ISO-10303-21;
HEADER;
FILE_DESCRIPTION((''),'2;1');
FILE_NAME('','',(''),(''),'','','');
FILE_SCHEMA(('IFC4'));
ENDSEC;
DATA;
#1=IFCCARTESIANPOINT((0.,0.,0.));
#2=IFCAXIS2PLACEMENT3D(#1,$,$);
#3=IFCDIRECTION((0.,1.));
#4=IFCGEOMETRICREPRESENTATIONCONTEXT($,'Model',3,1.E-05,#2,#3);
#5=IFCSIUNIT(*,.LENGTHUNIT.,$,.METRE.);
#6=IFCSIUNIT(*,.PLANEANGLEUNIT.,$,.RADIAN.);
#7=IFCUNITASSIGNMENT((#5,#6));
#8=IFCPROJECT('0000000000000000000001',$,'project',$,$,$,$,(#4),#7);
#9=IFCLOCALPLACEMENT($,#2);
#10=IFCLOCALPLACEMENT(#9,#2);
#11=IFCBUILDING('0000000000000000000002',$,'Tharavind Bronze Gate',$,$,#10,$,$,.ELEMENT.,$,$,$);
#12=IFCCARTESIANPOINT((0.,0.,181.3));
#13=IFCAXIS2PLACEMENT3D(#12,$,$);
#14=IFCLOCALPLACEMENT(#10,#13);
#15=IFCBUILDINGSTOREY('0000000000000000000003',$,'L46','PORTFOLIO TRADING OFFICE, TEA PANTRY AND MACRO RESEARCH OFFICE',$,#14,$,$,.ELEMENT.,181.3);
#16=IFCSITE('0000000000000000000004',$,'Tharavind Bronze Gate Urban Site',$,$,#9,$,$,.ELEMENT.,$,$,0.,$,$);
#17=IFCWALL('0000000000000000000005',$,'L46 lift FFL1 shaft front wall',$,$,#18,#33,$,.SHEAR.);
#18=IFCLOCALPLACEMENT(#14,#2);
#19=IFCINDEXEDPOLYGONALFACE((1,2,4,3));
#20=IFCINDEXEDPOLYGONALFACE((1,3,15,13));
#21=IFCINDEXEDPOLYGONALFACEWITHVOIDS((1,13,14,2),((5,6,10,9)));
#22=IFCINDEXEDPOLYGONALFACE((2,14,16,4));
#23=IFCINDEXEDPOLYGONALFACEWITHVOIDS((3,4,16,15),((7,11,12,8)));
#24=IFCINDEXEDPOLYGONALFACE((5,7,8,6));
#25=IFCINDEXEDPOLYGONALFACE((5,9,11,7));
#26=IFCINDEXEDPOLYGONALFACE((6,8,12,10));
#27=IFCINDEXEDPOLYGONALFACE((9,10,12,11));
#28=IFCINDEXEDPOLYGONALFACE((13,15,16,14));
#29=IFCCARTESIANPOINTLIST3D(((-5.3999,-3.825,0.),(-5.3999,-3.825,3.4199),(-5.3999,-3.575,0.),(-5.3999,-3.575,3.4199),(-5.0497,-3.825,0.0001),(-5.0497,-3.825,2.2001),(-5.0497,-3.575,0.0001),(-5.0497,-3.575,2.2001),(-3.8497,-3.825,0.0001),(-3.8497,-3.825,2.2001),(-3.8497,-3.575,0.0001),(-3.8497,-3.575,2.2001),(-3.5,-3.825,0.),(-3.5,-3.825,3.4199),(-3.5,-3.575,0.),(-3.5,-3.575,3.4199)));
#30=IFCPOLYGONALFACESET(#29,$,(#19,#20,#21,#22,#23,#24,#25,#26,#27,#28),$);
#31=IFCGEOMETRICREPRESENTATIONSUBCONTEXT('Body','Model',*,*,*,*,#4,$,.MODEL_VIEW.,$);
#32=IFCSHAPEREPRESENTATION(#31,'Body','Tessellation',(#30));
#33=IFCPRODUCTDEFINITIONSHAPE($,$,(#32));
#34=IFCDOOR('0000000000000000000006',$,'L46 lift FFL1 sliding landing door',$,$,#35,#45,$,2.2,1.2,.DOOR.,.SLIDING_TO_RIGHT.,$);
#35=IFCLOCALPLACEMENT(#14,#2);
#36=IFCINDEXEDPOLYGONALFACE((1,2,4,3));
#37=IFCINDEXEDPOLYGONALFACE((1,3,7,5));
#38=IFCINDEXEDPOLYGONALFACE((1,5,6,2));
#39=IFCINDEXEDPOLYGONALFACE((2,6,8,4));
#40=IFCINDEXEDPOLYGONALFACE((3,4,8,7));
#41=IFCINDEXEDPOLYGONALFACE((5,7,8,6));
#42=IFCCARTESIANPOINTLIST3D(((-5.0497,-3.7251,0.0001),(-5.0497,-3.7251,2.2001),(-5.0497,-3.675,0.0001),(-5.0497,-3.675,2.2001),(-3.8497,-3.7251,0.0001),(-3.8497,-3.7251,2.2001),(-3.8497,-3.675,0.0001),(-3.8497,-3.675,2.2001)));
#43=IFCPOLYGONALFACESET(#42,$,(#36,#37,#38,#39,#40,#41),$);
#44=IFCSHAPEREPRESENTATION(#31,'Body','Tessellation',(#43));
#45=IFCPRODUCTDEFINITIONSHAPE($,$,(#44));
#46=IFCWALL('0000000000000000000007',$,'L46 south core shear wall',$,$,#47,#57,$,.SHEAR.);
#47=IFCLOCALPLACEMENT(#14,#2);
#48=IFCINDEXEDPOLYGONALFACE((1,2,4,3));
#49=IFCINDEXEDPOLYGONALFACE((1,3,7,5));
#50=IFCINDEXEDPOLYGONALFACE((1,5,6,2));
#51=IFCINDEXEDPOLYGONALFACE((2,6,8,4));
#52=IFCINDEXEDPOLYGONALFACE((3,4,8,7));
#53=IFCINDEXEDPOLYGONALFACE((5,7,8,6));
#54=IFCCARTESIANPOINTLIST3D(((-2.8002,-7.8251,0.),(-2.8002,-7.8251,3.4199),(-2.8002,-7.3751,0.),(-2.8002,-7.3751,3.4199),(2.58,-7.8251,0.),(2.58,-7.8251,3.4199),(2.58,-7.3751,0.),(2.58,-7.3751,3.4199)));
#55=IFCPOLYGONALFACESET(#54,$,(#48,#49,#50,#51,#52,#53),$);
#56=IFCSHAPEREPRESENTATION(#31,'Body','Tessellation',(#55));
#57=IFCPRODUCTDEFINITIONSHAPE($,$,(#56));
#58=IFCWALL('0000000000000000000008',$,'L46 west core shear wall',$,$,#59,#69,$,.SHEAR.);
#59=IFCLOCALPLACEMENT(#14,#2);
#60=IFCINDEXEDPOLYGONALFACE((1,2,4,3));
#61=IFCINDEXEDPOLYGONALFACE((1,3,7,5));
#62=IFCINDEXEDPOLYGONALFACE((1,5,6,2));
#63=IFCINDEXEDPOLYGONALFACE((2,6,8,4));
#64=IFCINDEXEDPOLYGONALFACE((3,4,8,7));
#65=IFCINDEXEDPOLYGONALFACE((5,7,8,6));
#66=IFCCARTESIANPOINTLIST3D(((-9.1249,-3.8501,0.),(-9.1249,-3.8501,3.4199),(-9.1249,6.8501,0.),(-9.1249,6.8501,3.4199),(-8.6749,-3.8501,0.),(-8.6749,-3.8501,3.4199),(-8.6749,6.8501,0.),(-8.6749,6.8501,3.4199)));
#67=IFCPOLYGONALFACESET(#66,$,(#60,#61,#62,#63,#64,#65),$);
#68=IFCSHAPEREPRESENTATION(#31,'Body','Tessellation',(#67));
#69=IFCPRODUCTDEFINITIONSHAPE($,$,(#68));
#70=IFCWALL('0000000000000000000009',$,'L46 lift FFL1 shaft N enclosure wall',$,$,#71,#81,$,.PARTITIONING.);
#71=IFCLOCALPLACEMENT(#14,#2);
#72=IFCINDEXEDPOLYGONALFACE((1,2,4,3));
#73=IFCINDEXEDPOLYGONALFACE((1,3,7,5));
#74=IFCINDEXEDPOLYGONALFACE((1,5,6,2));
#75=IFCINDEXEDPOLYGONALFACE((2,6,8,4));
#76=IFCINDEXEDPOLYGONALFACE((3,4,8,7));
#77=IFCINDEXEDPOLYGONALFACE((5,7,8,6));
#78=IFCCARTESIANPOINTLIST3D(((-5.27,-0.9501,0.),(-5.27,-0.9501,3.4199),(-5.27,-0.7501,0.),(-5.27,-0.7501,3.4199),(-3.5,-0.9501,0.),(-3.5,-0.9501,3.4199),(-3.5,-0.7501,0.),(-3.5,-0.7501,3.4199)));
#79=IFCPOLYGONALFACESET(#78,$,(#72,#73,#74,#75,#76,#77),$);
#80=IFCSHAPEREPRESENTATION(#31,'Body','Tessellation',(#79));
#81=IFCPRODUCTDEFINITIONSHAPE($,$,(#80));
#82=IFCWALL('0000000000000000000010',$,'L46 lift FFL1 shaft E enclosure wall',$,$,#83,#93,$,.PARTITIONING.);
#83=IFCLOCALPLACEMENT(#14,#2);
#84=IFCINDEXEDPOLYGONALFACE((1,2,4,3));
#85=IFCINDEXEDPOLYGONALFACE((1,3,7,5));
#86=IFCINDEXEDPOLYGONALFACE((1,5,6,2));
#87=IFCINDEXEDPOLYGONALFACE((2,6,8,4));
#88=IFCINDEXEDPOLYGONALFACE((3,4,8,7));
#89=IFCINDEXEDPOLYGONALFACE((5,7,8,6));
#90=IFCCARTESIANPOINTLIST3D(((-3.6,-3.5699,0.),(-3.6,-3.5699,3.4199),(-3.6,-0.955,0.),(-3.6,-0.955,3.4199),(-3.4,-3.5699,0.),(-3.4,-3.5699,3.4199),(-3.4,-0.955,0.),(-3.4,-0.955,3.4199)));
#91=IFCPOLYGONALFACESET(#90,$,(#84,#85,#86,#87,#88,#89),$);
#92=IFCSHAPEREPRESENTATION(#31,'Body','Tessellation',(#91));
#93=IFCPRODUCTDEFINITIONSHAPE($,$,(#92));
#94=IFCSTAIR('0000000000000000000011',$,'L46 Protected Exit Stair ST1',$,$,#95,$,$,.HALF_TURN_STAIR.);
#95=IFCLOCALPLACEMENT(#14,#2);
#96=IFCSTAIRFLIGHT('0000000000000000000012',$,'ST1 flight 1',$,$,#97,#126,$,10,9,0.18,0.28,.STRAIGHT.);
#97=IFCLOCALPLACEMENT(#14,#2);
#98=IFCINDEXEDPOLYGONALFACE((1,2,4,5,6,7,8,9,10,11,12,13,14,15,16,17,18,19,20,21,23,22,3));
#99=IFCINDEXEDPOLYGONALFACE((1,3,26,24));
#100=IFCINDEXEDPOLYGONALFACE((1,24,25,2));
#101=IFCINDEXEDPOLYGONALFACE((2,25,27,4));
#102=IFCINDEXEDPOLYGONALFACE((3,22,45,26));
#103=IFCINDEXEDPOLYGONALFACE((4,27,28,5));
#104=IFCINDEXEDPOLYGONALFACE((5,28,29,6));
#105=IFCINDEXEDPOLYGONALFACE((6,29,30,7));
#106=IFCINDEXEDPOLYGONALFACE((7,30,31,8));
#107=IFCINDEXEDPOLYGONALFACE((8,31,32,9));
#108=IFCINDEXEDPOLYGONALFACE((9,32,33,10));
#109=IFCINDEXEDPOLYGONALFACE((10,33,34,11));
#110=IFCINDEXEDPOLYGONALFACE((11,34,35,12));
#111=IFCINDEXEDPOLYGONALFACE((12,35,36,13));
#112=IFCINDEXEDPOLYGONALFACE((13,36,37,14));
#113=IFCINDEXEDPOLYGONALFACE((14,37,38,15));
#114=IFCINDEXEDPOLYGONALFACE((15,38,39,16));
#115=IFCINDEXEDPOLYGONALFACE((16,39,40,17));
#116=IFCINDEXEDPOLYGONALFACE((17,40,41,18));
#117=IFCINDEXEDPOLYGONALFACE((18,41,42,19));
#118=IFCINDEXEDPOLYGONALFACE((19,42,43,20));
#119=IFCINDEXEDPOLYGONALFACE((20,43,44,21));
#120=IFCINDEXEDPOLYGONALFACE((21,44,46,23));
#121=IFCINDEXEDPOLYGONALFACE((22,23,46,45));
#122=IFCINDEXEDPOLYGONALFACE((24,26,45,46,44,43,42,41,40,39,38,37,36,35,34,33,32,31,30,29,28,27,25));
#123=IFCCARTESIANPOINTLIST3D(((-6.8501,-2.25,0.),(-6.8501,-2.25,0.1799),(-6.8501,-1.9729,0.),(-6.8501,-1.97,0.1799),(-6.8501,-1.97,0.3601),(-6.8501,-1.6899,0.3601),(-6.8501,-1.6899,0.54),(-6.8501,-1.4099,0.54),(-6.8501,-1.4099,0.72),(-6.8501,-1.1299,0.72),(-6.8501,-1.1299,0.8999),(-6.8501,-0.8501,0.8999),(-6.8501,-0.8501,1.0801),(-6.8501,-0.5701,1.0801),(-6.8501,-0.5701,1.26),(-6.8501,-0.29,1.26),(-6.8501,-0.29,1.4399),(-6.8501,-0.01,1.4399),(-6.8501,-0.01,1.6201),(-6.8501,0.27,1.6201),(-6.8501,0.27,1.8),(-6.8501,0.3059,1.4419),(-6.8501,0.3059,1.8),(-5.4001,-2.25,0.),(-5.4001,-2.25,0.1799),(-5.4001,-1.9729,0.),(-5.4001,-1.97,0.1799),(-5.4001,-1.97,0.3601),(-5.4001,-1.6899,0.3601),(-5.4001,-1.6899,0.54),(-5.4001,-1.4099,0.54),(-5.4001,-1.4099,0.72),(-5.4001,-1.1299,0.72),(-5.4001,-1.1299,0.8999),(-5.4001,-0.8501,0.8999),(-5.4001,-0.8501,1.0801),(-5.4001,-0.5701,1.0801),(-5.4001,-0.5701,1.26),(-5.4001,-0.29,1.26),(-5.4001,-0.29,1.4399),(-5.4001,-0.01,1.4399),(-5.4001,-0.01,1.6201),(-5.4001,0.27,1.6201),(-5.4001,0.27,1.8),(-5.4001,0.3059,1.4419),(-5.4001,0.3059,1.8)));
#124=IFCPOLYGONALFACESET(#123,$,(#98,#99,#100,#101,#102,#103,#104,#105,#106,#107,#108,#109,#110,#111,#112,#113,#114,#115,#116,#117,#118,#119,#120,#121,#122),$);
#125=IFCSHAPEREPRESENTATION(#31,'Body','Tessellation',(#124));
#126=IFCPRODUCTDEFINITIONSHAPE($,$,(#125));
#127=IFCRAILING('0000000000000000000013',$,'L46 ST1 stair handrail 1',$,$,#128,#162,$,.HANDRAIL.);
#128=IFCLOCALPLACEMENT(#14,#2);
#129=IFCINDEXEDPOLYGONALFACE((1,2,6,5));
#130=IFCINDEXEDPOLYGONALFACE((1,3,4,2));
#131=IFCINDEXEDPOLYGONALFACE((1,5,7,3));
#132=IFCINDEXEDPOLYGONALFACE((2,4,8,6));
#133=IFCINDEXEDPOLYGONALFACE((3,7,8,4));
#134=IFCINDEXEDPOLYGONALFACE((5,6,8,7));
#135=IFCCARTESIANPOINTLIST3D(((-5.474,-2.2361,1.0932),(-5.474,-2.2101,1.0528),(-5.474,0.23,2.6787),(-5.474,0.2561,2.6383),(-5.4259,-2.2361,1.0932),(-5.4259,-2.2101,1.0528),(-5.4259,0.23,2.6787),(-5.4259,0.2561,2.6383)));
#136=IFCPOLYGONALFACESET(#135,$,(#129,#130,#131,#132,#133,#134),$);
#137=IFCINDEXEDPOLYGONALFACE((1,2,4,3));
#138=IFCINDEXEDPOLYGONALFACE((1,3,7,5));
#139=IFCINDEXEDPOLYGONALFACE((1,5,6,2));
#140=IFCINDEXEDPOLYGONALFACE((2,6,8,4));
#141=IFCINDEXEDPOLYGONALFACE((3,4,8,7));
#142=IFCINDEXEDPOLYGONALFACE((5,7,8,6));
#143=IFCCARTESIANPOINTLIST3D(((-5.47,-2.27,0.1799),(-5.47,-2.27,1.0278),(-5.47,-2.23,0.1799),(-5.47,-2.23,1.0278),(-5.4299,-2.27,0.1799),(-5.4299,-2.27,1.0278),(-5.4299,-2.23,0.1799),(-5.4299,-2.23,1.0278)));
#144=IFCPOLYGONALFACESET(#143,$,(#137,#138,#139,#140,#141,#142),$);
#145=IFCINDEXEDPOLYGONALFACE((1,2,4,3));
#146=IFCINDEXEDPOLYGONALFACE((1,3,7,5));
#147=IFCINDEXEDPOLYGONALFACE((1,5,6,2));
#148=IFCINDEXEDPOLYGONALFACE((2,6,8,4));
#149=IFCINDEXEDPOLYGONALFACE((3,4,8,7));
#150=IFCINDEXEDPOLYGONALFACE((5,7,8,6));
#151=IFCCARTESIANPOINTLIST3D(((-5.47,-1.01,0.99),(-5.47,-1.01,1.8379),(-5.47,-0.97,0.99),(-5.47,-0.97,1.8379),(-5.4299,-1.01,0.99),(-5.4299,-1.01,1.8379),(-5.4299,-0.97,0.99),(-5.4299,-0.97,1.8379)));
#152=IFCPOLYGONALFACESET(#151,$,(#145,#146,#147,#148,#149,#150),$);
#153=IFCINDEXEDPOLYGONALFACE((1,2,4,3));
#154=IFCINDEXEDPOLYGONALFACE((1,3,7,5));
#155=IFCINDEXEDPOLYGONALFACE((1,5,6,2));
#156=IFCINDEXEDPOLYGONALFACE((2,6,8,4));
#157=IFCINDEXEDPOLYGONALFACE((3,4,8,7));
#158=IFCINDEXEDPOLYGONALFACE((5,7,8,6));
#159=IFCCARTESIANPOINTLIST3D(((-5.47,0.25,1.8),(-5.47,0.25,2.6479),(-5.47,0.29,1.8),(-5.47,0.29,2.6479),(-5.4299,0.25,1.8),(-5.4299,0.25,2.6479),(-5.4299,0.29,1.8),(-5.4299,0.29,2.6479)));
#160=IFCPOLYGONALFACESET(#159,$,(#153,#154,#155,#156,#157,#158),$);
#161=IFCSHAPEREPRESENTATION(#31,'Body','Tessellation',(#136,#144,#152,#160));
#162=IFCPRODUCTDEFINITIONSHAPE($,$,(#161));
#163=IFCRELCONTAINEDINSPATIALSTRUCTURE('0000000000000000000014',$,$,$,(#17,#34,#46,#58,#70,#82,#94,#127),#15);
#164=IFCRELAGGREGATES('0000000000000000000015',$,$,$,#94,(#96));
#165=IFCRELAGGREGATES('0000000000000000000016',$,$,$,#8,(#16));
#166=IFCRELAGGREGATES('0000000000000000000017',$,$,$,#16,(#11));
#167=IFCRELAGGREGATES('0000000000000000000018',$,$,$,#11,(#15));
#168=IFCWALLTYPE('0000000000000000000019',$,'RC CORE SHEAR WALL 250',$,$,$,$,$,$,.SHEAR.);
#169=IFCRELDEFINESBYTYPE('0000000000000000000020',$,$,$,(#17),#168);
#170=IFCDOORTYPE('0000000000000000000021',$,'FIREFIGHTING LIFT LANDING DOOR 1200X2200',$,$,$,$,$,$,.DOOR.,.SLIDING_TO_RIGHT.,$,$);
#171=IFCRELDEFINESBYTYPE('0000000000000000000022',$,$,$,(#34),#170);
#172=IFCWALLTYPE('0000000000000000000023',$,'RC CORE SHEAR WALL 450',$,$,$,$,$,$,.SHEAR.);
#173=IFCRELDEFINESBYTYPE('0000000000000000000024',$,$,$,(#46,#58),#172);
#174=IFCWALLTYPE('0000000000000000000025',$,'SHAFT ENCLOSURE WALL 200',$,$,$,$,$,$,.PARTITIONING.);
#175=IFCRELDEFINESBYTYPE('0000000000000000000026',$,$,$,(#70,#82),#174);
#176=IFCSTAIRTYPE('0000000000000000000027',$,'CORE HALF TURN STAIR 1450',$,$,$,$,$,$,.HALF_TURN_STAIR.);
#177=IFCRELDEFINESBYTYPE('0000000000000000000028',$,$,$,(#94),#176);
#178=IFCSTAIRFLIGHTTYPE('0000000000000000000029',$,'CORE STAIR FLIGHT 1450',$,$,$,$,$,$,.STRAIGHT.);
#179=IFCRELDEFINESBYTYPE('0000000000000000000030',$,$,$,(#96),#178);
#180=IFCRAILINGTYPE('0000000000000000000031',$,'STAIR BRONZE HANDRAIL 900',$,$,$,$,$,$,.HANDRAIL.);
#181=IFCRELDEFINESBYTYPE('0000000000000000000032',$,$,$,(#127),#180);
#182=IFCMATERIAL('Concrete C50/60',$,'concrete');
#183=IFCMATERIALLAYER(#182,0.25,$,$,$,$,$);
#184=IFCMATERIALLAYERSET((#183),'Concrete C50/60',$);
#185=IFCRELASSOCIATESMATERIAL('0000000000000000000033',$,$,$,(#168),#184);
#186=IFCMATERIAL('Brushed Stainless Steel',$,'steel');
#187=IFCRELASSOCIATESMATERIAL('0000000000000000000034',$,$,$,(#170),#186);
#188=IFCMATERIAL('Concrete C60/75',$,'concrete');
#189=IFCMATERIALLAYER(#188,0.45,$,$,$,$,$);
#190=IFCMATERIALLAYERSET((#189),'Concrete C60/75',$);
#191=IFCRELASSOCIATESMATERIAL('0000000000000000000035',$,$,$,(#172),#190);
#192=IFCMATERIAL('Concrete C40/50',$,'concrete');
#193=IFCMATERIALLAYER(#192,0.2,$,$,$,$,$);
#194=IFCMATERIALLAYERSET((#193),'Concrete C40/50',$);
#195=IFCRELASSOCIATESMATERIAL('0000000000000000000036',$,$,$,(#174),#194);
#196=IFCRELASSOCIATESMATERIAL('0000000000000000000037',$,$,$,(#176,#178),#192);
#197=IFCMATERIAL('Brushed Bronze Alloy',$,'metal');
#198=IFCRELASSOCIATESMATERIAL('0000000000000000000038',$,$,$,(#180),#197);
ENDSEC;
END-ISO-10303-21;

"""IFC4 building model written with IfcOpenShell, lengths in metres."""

from ifc_helpers import new_model, si_unit, direction, frame, frame_2d, origin, origin_2d, place, context, subcontext, project, spatial, polyline, rectangle, outline, extrude, material, layer, layer_set, type_object, element, fill, aggregate, save


model = new_model("IFC4")

# Units and contexts
model_context = context("Model", 3, precision=1e-05, world=origin(), true_north=direction((0.0, 1.0)))
body_context = subcontext(model_context, "Body", "Model", "MODEL_VIEW")
ifc_project = project(units=[si_unit("LENGTHUNIT", "METRE"), si_unit("PLANEANGLEUNIT", "RADIAN")], contexts=[model_context])

# Site, building, storey
site_placement = place(None, origin())
site = spatial("IfcSite", under=ifc_project, at=site_placement, Name="Tharavind Bronze Gate Urban Site", CompositionType="ELEMENT", RefElevation=0.0)
building_placement = place(site_placement, origin())
building = spatial("IfcBuilding", under=site, at=building_placement, Name="Tharavind Bronze Gate", CompositionType="ELEMENT")
storey_placement = place(building_placement, frame((0.0, 0.0, 181.3)))
storey = spatial("IfcBuildingStorey", under=building, at=storey_placement, Name="L46", Description="PORTFOLIO TRADING OFFICE, TEA PANTRY AND MACRO RESEARCH OFFICE", CompositionType="ELEMENT", Elevation=181.3)

# Shared definitions
ifc_material_1 = material(Name="Concrete C60/75", Category="concrete")

# Shared definitions
ifc_material_2 = material(Name="Concrete C50/60", Category="concrete")
ifc_layer_1 = layer(ifc_material_2, 0.25)
ifc_layer_set_1 = layer_set([ifc_layer_1], Name="Concrete C50/60")
wall_type_1 = type_object("IfcWallType", Name="RC CORE SHEAR WALL 250", PredefinedType="SHEAR", material=ifc_layer_set_1)

# Wall, opening, door
wall_1_placement = place(storey_placement, frame((-5.3999, -3.7, 0.0), z_axis=(0.0, 0.0, 1.0), x_axis=(1.0, 0.0, 0.0)))
wall_1 = element("IfcWall", 1, at=wall_1_placement, inside=storey, type_object=wall_type_1, Name="L46 lift FFL1 shaft front wall", PredefinedType="SHEAR", context=body_context, shape_type="SweptSolid", body=[
    extrude(rectangle(XDim=1.8999, YDim=0.25, at=frame_2d((0.95, 0.0))), origin(), (0.0, 0.0, 1.0), 3.4199),
])
opening_1_placement = place(wall_1_placement, frame((0.3501, 0.0, 0.0)))
opening_1 = element("IfcOpeningElement", 2, at=opening_1_placement, cuts=wall_1, PredefinedType="OPENING", context=body_context, shape_type="SweptSolid", body=[
    extrude(rectangle(XDim=1.2, YDim=2.2, at=frame_2d((0.6001, 1.1001))), frame((0.0, 0.135, 0.0), z_axis=(0.0, -1.0, 0.0), x_axis=(1.0, 0.0, 0.0)), (0.0, 0.0, 1.0), 0.27),
])
ifc_material_3 = material(Name="Brushed Stainless Steel", Category="steel")
door_type_1 = type_object("IfcDoorType", Name="FIREFIGHTING LIFT LANDING DOOR 1200X2200", OperationType="SLIDING_TO_RIGHT", PredefinedType="DOOR", material=ifc_material_3)
door_1_placement = place(opening_1_placement, origin())
door_1 = element("IfcDoor", 3, at=door_1_placement, inside=storey, type_object=door_type_1, Name="L46 lift FFL1 sliding landing door", OperationType="SLIDING_TO_RIGHT", OverallHeight=2.2, OverallWidth=1.2, PredefinedType="DOOR", context=body_context, shape_type="SweptSolid", body=[
    extrude(rectangle(XDim=1.2, YDim=2.2, at=frame_2d((0.6001, 1.1001))), frame((0.0, 0.0249, 0.0), z_axis=(0.0, -1.0, 0.0), x_axis=(1.0, 0.0, 0.0)), (0.0, 0.0, 1.0), 0.05),
])
fill(opening_1, door_1)

# Walls
ifc_layer_2 = layer(ifc_material_1, 0.45)
ifc_layer_set_2 = layer_set([ifc_layer_2], Name="Concrete C60/75")
wall_type_2 = type_object("IfcWallType", Name="RC CORE SHEAR WALL 450", PredefinedType="SHEAR", material=ifc_layer_set_2)
wall_2_placement = place(storey_placement, frame((-2.8, -7.6001, 0.0), z_axis=(0.0, 0.0, 1.0), x_axis=(1.0, 0.0, 0.0)))
element("IfcWall", 4, at=wall_2_placement, inside=storey, type_object=wall_type_2, Name="L46 south core shear wall", PredefinedType="SHEAR", context=body_context, shape_type="SweptSolid", body=[
    extrude(rectangle(XDim=5.3801, YDim=0.45, at=frame_2d((2.6899, 0.0))), origin(), (0.0, 0.0, 1.0), 3.4199),
])
wall_3_placement = place(storey_placement, frame((-8.8999, -3.8501, 0.0), z_axis=(0.0, 0.0, 1.0), x_axis=(0.0, 1.0, 0.0)))
element("IfcWall", 5, at=wall_3_placement, inside=storey, type_object=wall_type_2, Name="L46 west core shear wall", PredefinedType="SHEAR", context=body_context, shape_type="SweptSolid", body=[
    extrude(rectangle(XDim=10.7002, YDim=0.45, at=frame_2d((5.3501, 0.0))), origin(), (0.0, 0.0, 1.0), 3.4199),
])
ifc_material_4 = material(Name="Concrete C40/50", Category="concrete")
ifc_layer_3 = layer(ifc_material_4, 0.2)
ifc_layer_set_3 = layer_set([ifc_layer_3], Name="Concrete C40/50")
wall_type_3 = type_object("IfcWallType", Name="SHAFT ENCLOSURE WALL 200", PredefinedType="PARTITIONING", material=ifc_layer_set_3)
wall_4_placement = place(storey_placement, frame((-5.27, -0.8501, 0.0), z_axis=(0.0, 0.0, 1.0), x_axis=(1.0, 0.0, 0.0)))
element("IfcWall", 6, at=wall_4_placement, inside=storey, type_object=wall_type_3, Name="L46 lift FFL1 shaft N enclosure wall", PredefinedType="PARTITIONING", context=body_context, shape_type="SweptSolid", body=[
    extrude(rectangle(XDim=1.77, YDim=0.2, at=frame_2d((0.885, 0.0))), origin(), (0.0, 0.0, 1.0), 3.4199),
])
wall_5_placement = place(storey_placement, frame((-3.5, -3.5701, 0.0), z_axis=(0.0, 0.0, 1.0), x_axis=(0.0, 1.0, 0.0)))
element("IfcWall", 7, at=wall_5_placement, inside=storey, type_object=wall_type_3, Name="L46 lift FFL1 shaft E enclosure wall", PredefinedType="PARTITIONING", context=body_context, shape_type="SweptSolid", body=[
    extrude(rectangle(XDim=2.615, YDim=0.2, at=frame_2d((1.3076, 0.0))), origin(), (0.0, 0.0, 1.0), 3.4199),
])

# Stair, stair flight
stair_type = type_object("IfcStairType", Name="CORE HALF TURN STAIR 1450", PredefinedType="HALF_TURN_STAIR", material=ifc_material_4)
stair_placement = place(storey_placement, origin())
stair = element("IfcStair", 8, at=stair_placement, inside=storey, type_object=stair_type, Name="L46 Protected Exit Stair ST1", PredefinedType="HALF_TURN_STAIR")
stair_flight_type = type_object("IfcStairFlightType", Name="CORE STAIR FLIGHT 1450", PredefinedType="STRAIGHT", material=ifc_material_4)
stair_flight_placement = place(storey_placement, frame((-6.125, -2.25, 0.0), z_axis=(0.0, 0.0, 1.0), x_axis=(0.0, 1.0, 0.0)))
stair_flight = element("IfcStairFlight", 9, at=stair_flight_placement, type_object=stair_flight_type, Name="ST1 flight 1", NumberOfRisers=10, NumberOfTreads=9, PredefinedType="STRAIGHT", RiserHeight=0.18, TreadLength=0.28, context=body_context, shape_type="SweptSolid", body=[
    extrude(outline(polyline([(0.0, 0.0), (0.0, 0.1799), (0.28, 0.1799), (0.28, 0.3601), (0.5601, 0.3601), (0.5601, 0.54), (0.8401, 0.54), (0.8401, 0.72), (1.1201, 0.72), (1.1201, 0.8999), (1.3999, 0.8999), (1.3999, 1.0801), (1.6799, 1.0801), (1.6799, 1.26), (1.96, 1.26), (1.96, 1.4399), (2.24, 1.4399), (2.24, 1.6201), (2.52, 1.6201), (2.52, 1.8), (2.5559, 1.8), (2.5559, 1.4419), (0.2771, 0.0), (0.0, 0.0)])), frame((0.0, 0.7251, 0.0), z_axis=(0.0, -1.0, 0.0), x_axis=(1.0, 0.0, 0.0)), (0.0, 0.0, 1.0), 1.45),
])
aggregate(stair, [stair_flight])

# Railing
ifc_material_5 = material(Name="Brushed Bronze Alloy", Category="metal")
railing_type_1 = type_object("IfcRailingType", Name="STAIR BRONZE HANDRAIL 900", PredefinedType="HANDRAIL", material=ifc_material_5)
railing_1_placement = place(storey_placement, frame((-5.45, -2.25, 0.1799)))
element("IfcRailing", 10, at=railing_1_placement, inside=storey, type_object=railing_type_1, Name="L46 ST1 stair handrail 1", PredefinedType="HANDRAIL", context=body_context, shape_type="SweptSolid", body=[
    extrude(rectangle(XDim=0.0481, YDim=0.0481, at=origin_2d()), frame((0.0, 0.0269, 0.8931), z_axis=(0.0, 0.841163, 0.540782), x_axis=(-1.0, 0.0, 0.0)), (0.0, 0.0, 1.0), 2.9319),
    extrude(rectangle(XDim=0.04, YDim=0.04, at=origin_2d()), origin(), (0.0, 0.0, 1.0), 0.8479),
    extrude(rectangle(XDim=0.04, YDim=0.04, at=origin_2d()), frame((0.0, 1.26, 0.8101)), (0.0, 0.0, 1.0), 0.8479),
    extrude(rectangle(XDim=0.04, YDim=0.04, at=origin_2d()), frame((0.0, 2.52, 1.6201)), (0.0, 0.0, 1.0), 0.8479),
])

save(model, "model.ifc")
